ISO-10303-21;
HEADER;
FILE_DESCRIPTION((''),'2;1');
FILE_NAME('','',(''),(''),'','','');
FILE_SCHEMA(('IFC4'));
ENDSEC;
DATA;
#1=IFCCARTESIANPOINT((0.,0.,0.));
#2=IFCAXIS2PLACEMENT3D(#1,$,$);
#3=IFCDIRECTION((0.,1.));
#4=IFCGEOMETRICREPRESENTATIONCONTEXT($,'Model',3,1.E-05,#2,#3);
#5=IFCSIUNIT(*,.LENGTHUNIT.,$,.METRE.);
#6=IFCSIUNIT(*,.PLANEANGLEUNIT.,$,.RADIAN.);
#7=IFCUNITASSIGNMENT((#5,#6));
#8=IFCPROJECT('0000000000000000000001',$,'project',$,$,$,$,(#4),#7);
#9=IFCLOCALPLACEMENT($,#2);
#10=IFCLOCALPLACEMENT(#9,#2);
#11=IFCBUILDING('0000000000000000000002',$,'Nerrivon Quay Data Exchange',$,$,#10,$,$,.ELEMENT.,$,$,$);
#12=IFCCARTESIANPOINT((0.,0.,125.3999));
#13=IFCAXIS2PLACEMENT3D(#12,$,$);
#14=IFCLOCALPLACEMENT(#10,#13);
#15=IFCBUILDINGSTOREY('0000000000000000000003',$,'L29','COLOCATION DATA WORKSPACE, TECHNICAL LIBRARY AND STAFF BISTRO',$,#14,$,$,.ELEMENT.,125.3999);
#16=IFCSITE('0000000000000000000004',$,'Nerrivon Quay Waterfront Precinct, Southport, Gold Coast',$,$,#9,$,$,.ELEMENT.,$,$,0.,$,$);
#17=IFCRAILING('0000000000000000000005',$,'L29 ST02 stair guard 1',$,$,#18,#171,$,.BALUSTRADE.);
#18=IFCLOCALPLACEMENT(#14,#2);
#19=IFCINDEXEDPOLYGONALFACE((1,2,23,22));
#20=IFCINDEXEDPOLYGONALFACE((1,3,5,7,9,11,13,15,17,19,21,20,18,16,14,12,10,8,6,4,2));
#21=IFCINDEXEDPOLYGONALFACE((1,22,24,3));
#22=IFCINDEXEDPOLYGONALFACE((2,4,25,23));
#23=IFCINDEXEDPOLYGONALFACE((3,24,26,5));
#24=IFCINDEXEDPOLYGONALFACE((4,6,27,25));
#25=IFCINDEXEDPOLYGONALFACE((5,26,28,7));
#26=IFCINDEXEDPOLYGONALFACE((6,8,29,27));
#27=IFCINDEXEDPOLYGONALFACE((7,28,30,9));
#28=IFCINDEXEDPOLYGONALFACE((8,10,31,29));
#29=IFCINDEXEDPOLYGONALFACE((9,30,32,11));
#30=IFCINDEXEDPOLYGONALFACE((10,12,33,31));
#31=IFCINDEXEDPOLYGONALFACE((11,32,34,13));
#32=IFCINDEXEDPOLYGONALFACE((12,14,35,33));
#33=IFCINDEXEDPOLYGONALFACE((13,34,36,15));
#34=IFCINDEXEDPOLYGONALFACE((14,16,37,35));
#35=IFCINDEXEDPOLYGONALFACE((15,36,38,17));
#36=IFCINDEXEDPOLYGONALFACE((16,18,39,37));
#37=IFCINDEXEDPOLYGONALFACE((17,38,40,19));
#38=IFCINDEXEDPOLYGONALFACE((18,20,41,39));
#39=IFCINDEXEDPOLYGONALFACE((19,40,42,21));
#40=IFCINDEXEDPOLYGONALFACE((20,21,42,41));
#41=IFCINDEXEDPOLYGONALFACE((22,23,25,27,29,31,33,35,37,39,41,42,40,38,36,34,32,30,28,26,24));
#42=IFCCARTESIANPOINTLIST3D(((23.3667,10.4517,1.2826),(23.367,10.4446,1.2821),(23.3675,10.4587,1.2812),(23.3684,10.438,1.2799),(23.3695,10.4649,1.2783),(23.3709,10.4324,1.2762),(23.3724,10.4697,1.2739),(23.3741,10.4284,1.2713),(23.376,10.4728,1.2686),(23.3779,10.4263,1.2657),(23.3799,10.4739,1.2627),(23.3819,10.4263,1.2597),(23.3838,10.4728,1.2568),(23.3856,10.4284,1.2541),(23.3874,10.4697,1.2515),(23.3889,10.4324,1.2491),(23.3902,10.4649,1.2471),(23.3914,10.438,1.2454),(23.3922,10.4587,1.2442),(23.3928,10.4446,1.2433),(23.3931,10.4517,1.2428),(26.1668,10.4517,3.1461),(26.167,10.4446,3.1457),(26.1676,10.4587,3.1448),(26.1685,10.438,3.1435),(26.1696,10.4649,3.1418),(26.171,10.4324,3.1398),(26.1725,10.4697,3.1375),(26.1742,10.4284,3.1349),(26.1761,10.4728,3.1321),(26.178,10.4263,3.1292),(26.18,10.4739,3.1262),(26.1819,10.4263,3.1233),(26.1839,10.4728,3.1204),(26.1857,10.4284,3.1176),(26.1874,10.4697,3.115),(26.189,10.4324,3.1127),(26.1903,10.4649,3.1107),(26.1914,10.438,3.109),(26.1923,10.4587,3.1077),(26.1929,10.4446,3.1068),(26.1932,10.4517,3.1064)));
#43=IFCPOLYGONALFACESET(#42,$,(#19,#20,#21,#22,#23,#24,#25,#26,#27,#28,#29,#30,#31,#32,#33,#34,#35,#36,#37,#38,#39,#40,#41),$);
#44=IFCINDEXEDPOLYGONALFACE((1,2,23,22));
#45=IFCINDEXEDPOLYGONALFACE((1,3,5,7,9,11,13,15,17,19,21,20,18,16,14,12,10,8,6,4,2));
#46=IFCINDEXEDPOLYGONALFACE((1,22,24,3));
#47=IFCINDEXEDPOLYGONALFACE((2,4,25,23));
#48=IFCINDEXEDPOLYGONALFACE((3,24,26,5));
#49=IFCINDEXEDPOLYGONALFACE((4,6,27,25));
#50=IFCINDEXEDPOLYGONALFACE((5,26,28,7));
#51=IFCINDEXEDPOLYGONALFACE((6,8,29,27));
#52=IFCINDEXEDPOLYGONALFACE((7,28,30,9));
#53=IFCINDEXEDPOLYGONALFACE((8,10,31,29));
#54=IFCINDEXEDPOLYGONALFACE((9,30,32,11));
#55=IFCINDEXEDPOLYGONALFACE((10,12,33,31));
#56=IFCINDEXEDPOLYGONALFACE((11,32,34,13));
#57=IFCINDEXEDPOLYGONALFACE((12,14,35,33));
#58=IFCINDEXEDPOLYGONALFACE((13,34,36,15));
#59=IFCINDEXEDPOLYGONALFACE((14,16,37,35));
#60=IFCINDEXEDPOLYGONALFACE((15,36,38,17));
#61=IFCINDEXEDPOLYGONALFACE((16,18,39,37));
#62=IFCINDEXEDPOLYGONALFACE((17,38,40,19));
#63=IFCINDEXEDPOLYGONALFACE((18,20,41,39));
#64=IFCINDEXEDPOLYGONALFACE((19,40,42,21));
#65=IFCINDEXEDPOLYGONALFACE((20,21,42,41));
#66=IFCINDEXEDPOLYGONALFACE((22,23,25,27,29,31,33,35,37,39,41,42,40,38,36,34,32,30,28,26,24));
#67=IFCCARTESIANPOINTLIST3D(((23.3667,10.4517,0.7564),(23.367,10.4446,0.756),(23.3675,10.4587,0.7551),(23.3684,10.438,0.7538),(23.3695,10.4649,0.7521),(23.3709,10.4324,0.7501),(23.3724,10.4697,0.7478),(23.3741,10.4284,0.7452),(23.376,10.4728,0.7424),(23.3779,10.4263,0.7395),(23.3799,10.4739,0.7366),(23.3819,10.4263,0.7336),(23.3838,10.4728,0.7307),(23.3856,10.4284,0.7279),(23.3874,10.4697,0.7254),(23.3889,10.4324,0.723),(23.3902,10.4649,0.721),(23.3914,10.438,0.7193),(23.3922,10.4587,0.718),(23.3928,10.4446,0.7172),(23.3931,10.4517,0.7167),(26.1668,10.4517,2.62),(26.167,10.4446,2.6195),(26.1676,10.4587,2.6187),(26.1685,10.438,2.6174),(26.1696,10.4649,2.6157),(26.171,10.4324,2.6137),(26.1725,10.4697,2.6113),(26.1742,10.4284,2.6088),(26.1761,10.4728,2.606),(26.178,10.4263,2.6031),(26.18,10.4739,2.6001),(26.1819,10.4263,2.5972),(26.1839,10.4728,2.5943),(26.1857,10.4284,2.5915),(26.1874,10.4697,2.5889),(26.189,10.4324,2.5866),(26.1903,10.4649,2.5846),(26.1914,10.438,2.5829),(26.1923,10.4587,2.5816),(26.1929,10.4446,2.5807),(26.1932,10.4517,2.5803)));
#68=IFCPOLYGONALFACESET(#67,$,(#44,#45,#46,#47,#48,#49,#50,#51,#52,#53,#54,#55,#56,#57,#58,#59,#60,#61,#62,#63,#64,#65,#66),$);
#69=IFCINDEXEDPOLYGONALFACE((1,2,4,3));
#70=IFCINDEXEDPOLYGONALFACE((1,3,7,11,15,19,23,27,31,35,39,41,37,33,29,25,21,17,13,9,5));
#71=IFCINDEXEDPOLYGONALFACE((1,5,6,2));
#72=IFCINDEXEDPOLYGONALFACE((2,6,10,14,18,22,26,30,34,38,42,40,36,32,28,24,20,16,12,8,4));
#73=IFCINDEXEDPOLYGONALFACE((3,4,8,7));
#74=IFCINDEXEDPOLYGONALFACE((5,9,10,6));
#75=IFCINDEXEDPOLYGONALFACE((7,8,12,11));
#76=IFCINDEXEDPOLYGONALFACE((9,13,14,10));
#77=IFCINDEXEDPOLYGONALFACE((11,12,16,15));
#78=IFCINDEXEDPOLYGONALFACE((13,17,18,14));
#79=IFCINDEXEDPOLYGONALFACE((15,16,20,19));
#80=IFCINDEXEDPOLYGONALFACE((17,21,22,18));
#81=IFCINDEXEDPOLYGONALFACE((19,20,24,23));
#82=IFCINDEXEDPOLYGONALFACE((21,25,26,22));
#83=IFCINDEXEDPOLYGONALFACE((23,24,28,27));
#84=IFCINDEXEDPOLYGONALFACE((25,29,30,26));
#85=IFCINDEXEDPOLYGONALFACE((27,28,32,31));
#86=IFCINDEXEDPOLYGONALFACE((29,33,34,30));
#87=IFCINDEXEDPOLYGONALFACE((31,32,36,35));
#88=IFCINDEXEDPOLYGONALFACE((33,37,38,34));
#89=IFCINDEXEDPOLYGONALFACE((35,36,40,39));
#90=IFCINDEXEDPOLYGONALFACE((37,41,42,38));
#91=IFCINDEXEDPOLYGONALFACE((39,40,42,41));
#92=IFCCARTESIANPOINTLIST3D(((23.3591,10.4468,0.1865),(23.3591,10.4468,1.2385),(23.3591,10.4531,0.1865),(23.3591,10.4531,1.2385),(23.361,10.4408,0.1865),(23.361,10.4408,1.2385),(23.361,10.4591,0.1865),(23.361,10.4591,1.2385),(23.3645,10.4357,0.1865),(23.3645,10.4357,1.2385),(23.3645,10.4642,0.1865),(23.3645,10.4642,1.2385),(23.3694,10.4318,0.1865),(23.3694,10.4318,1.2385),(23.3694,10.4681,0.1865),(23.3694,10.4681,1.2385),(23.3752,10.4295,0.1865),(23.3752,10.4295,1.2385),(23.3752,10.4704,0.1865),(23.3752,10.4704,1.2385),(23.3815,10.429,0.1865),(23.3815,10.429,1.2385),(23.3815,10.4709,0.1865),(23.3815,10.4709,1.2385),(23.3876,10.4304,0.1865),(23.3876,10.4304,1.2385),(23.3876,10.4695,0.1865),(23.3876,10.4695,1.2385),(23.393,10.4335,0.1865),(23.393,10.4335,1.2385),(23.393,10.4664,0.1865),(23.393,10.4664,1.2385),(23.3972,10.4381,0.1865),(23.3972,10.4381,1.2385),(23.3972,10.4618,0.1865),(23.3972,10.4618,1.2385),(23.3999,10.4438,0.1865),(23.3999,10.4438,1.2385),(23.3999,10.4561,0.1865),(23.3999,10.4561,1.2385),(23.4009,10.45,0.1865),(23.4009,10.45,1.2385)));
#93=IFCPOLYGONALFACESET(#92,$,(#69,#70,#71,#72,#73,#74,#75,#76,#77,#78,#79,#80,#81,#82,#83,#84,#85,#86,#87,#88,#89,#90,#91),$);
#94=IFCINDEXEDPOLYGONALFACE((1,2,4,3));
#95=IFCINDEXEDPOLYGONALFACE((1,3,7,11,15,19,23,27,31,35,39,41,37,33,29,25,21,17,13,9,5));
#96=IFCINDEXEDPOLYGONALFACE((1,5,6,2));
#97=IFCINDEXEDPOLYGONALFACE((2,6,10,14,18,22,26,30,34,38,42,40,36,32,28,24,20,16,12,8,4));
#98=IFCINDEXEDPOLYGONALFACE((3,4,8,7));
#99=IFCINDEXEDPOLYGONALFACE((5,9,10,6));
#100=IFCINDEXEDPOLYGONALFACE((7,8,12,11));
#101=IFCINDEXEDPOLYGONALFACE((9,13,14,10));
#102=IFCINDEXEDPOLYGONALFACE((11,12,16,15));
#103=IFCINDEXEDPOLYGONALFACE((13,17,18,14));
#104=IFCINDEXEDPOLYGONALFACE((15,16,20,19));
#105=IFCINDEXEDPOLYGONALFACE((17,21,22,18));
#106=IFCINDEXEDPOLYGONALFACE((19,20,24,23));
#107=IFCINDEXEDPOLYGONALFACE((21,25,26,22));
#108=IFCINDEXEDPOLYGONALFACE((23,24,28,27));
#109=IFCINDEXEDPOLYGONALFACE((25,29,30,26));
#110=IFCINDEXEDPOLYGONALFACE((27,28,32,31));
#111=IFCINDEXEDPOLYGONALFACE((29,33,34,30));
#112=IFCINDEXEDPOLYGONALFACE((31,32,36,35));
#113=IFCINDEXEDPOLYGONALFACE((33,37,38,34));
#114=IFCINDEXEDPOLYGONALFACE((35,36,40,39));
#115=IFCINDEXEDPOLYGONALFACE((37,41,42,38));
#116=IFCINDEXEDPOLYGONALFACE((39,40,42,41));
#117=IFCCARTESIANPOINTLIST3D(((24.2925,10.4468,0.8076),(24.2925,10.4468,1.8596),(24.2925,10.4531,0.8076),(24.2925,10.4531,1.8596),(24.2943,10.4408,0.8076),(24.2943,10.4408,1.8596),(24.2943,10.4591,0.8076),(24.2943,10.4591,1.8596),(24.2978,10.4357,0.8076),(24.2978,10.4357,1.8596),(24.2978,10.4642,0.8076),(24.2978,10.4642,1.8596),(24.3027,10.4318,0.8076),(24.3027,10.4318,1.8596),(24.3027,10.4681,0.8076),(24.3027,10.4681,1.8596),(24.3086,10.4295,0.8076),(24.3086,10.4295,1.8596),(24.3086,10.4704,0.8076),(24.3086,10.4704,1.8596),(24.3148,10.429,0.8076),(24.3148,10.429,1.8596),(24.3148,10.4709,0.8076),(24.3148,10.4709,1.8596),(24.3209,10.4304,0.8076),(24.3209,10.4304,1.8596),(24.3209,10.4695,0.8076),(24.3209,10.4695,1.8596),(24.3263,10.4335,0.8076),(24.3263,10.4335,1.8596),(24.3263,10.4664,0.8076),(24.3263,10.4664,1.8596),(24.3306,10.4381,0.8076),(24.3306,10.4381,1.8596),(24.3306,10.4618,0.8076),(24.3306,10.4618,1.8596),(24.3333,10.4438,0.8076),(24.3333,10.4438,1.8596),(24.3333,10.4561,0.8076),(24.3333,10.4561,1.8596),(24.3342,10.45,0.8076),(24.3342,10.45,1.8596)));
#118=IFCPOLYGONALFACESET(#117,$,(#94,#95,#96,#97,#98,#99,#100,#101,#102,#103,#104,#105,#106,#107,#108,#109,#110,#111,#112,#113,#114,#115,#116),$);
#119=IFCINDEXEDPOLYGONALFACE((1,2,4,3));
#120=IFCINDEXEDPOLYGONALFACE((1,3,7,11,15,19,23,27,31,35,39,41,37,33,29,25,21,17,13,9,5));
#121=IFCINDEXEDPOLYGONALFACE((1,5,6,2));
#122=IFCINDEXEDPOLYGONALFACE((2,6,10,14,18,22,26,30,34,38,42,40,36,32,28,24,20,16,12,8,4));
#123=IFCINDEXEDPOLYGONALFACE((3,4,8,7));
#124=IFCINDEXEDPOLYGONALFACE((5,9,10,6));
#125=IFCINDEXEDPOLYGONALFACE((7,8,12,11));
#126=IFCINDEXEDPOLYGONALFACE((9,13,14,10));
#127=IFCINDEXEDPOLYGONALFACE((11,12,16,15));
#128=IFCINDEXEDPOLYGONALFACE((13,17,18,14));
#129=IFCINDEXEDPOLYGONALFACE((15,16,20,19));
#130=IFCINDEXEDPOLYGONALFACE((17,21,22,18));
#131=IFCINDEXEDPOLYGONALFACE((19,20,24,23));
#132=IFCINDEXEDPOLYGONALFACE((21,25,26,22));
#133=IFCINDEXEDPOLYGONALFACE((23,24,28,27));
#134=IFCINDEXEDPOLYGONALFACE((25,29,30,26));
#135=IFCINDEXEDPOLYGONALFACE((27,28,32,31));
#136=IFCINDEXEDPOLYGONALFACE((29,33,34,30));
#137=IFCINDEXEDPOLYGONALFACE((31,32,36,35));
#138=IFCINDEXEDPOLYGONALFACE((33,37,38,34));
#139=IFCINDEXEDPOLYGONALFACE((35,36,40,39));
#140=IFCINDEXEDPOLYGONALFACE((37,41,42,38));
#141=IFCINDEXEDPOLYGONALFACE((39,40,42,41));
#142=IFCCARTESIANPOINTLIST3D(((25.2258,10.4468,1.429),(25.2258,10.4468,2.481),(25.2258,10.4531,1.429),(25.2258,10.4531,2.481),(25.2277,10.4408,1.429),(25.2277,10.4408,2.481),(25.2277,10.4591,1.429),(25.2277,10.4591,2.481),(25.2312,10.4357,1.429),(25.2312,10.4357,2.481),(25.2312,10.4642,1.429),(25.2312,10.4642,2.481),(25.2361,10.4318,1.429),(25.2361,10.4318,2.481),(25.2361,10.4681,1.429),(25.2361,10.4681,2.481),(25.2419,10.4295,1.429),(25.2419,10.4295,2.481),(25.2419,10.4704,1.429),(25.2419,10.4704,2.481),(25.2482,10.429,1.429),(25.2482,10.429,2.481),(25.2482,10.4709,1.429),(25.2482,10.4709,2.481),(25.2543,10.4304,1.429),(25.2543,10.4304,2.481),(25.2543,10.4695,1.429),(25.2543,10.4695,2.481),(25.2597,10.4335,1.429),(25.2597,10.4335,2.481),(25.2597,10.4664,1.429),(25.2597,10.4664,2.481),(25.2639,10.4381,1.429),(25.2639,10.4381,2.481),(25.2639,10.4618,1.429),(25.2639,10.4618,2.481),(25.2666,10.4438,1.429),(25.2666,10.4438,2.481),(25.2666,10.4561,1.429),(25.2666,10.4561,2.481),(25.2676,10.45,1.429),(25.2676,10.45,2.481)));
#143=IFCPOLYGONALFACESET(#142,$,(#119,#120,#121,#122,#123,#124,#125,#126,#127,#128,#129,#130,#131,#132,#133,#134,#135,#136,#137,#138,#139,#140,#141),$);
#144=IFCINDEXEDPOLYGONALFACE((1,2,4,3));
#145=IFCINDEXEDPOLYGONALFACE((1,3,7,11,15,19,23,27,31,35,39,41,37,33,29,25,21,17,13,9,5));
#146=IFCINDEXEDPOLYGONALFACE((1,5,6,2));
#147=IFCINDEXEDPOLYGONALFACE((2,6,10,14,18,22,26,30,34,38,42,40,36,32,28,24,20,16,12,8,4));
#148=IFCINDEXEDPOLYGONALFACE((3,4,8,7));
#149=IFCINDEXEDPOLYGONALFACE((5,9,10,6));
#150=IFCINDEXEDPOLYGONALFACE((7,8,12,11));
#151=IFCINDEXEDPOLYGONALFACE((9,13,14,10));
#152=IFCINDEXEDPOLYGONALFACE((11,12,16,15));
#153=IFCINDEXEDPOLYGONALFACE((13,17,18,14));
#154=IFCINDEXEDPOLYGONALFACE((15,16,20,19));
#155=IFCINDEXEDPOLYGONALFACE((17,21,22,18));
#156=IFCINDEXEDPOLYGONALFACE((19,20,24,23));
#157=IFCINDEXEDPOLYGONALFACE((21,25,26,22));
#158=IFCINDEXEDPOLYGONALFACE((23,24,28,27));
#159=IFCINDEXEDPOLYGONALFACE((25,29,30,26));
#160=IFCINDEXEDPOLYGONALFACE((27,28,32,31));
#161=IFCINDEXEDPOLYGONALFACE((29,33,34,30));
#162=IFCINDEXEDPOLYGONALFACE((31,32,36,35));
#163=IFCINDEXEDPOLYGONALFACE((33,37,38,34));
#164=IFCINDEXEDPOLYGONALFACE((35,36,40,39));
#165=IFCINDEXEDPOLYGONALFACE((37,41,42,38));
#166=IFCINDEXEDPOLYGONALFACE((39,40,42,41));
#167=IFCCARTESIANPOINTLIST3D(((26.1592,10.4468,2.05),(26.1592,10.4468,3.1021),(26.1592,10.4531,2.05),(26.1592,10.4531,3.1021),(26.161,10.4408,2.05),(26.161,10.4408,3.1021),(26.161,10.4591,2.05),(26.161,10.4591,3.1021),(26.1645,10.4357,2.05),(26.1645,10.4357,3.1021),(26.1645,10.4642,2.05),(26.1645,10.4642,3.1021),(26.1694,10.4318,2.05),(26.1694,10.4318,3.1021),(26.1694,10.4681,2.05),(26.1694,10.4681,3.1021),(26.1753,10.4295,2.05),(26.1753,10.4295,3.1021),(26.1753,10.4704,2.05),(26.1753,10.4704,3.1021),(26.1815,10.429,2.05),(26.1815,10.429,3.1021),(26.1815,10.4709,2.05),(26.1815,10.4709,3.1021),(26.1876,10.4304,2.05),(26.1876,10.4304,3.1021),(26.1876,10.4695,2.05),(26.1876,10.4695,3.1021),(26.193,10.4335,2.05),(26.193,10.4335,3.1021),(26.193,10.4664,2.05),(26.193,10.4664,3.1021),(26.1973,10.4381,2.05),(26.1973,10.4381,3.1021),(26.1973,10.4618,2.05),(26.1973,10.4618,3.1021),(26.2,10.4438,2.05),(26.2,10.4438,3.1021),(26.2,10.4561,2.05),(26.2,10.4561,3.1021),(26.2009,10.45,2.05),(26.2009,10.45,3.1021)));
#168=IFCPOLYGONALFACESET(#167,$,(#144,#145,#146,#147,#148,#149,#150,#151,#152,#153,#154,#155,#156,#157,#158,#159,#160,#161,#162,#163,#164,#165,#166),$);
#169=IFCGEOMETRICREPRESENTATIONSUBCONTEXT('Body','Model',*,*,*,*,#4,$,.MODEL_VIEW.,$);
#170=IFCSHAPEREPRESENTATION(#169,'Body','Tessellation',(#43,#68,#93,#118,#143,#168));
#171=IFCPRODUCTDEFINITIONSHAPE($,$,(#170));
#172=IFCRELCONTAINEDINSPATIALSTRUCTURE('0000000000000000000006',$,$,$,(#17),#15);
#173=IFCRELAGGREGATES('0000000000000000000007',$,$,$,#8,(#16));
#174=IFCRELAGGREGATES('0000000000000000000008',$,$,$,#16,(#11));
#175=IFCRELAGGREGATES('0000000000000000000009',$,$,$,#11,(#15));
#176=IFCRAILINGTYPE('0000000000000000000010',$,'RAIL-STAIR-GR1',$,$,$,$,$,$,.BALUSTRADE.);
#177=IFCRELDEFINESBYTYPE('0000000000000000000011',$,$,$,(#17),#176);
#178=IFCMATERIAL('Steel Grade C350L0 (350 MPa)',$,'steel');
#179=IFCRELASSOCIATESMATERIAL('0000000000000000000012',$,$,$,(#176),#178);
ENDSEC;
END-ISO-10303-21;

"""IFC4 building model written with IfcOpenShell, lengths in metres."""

from ifc_helpers import new_model, si_unit, direction, frame, origin, origin_2d, place, context, subcontext, project, spatial, circle, extrude, material, type_object, element, save


model = new_model("IFC4")

# Units and contexts
model_context = context("Model", 3, precision=1e-05, world=origin(), true_north=direction((0.0, 1.0)))
body_context = subcontext(model_context, "Body", "Model", "MODEL_VIEW")
ifc_project = project(units=[si_unit("LENGTHUNIT", "METRE"), si_unit("PLANEANGLEUNIT", "RADIAN")], contexts=[model_context])

# Site, building, storey
site_placement = place(None, origin())
site = spatial("IfcSite", under=ifc_project, at=site_placement, Name="Nerrivon Quay Waterfront Precinct, Southport, Gold Coast", CompositionType="ELEMENT", RefElevation=0.0)
building_placement = place(site_placement, origin())
building = spatial("IfcBuilding", under=site, at=building_placement, Name="Nerrivon Quay Data Exchange", CompositionType="ELEMENT")
storey_placement = place(building_placement, frame((0.0, 0.0, 125.3999)))
storey = spatial("IfcBuildingStorey", under=building, at=storey_placement, Name="L29", Description="COLOCATION DATA WORKSPACE, TECHNICAL LIBRARY AND STAFF BISTRO", CompositionType="ELEMENT", Elevation=125.3999)

# Railing
ifc_material_1 = material(Name="Steel Grade C350L0 (350 MPa)", Category="steel")
railing_type_1 = type_object("IfcRailingType", Name="RAIL-STAIR-GR1", PredefinedType="BALUSTRADE", material=ifc_material_1)
railing_1_placement = place(storey_placement, frame((23.3799, 10.45, 0.1865)))
element("IfcRailing", 1, at=railing_1_placement, inside=storey, type_object=railing_type_1, Name="L29 ST02 stair guard 1", PredefinedType="BALUSTRADE", context=body_context, shape_type="SweptSolid", body=[
    extrude(circle(Radius=0.0239, at=origin_2d()), frame((0.0, 0.0, 1.0762), z_axis=(0.832486, 0.0, 0.554047), x_axis=(0.0, 1.0, 0.0)), (0.0, 0.0, 1.0), 3.3635),
    extrude(circle(Radius=0.0239, at=origin_2d()), frame((0.0, 0.0, 0.55), z_axis=(0.832486, 0.0, 0.554047), x_axis=(0.0, 1.0, 0.0)), (0.0, 0.0, 1.0), 3.3635),
    extrude(circle(Radius=0.021, at=origin_2d()), origin(), (0.0, 0.0, 1.0), 1.052),
    extrude(circle(Radius=0.021, at=origin_2d()), frame((0.9333, 0.0, 0.6211)), (0.0, 0.0, 1.0), 1.052),
    extrude(circle(Radius=0.021, at=origin_2d()), frame((1.8667, 0.0, 1.2424)), (0.0, 0.0, 1.0), 1.052),
    extrude(circle(Radius=0.021, at=origin_2d()), frame((2.8, 0.0, 1.8635)), (0.0, 0.0, 1.0), 1.052),
])

save(model, "model.ifc")
